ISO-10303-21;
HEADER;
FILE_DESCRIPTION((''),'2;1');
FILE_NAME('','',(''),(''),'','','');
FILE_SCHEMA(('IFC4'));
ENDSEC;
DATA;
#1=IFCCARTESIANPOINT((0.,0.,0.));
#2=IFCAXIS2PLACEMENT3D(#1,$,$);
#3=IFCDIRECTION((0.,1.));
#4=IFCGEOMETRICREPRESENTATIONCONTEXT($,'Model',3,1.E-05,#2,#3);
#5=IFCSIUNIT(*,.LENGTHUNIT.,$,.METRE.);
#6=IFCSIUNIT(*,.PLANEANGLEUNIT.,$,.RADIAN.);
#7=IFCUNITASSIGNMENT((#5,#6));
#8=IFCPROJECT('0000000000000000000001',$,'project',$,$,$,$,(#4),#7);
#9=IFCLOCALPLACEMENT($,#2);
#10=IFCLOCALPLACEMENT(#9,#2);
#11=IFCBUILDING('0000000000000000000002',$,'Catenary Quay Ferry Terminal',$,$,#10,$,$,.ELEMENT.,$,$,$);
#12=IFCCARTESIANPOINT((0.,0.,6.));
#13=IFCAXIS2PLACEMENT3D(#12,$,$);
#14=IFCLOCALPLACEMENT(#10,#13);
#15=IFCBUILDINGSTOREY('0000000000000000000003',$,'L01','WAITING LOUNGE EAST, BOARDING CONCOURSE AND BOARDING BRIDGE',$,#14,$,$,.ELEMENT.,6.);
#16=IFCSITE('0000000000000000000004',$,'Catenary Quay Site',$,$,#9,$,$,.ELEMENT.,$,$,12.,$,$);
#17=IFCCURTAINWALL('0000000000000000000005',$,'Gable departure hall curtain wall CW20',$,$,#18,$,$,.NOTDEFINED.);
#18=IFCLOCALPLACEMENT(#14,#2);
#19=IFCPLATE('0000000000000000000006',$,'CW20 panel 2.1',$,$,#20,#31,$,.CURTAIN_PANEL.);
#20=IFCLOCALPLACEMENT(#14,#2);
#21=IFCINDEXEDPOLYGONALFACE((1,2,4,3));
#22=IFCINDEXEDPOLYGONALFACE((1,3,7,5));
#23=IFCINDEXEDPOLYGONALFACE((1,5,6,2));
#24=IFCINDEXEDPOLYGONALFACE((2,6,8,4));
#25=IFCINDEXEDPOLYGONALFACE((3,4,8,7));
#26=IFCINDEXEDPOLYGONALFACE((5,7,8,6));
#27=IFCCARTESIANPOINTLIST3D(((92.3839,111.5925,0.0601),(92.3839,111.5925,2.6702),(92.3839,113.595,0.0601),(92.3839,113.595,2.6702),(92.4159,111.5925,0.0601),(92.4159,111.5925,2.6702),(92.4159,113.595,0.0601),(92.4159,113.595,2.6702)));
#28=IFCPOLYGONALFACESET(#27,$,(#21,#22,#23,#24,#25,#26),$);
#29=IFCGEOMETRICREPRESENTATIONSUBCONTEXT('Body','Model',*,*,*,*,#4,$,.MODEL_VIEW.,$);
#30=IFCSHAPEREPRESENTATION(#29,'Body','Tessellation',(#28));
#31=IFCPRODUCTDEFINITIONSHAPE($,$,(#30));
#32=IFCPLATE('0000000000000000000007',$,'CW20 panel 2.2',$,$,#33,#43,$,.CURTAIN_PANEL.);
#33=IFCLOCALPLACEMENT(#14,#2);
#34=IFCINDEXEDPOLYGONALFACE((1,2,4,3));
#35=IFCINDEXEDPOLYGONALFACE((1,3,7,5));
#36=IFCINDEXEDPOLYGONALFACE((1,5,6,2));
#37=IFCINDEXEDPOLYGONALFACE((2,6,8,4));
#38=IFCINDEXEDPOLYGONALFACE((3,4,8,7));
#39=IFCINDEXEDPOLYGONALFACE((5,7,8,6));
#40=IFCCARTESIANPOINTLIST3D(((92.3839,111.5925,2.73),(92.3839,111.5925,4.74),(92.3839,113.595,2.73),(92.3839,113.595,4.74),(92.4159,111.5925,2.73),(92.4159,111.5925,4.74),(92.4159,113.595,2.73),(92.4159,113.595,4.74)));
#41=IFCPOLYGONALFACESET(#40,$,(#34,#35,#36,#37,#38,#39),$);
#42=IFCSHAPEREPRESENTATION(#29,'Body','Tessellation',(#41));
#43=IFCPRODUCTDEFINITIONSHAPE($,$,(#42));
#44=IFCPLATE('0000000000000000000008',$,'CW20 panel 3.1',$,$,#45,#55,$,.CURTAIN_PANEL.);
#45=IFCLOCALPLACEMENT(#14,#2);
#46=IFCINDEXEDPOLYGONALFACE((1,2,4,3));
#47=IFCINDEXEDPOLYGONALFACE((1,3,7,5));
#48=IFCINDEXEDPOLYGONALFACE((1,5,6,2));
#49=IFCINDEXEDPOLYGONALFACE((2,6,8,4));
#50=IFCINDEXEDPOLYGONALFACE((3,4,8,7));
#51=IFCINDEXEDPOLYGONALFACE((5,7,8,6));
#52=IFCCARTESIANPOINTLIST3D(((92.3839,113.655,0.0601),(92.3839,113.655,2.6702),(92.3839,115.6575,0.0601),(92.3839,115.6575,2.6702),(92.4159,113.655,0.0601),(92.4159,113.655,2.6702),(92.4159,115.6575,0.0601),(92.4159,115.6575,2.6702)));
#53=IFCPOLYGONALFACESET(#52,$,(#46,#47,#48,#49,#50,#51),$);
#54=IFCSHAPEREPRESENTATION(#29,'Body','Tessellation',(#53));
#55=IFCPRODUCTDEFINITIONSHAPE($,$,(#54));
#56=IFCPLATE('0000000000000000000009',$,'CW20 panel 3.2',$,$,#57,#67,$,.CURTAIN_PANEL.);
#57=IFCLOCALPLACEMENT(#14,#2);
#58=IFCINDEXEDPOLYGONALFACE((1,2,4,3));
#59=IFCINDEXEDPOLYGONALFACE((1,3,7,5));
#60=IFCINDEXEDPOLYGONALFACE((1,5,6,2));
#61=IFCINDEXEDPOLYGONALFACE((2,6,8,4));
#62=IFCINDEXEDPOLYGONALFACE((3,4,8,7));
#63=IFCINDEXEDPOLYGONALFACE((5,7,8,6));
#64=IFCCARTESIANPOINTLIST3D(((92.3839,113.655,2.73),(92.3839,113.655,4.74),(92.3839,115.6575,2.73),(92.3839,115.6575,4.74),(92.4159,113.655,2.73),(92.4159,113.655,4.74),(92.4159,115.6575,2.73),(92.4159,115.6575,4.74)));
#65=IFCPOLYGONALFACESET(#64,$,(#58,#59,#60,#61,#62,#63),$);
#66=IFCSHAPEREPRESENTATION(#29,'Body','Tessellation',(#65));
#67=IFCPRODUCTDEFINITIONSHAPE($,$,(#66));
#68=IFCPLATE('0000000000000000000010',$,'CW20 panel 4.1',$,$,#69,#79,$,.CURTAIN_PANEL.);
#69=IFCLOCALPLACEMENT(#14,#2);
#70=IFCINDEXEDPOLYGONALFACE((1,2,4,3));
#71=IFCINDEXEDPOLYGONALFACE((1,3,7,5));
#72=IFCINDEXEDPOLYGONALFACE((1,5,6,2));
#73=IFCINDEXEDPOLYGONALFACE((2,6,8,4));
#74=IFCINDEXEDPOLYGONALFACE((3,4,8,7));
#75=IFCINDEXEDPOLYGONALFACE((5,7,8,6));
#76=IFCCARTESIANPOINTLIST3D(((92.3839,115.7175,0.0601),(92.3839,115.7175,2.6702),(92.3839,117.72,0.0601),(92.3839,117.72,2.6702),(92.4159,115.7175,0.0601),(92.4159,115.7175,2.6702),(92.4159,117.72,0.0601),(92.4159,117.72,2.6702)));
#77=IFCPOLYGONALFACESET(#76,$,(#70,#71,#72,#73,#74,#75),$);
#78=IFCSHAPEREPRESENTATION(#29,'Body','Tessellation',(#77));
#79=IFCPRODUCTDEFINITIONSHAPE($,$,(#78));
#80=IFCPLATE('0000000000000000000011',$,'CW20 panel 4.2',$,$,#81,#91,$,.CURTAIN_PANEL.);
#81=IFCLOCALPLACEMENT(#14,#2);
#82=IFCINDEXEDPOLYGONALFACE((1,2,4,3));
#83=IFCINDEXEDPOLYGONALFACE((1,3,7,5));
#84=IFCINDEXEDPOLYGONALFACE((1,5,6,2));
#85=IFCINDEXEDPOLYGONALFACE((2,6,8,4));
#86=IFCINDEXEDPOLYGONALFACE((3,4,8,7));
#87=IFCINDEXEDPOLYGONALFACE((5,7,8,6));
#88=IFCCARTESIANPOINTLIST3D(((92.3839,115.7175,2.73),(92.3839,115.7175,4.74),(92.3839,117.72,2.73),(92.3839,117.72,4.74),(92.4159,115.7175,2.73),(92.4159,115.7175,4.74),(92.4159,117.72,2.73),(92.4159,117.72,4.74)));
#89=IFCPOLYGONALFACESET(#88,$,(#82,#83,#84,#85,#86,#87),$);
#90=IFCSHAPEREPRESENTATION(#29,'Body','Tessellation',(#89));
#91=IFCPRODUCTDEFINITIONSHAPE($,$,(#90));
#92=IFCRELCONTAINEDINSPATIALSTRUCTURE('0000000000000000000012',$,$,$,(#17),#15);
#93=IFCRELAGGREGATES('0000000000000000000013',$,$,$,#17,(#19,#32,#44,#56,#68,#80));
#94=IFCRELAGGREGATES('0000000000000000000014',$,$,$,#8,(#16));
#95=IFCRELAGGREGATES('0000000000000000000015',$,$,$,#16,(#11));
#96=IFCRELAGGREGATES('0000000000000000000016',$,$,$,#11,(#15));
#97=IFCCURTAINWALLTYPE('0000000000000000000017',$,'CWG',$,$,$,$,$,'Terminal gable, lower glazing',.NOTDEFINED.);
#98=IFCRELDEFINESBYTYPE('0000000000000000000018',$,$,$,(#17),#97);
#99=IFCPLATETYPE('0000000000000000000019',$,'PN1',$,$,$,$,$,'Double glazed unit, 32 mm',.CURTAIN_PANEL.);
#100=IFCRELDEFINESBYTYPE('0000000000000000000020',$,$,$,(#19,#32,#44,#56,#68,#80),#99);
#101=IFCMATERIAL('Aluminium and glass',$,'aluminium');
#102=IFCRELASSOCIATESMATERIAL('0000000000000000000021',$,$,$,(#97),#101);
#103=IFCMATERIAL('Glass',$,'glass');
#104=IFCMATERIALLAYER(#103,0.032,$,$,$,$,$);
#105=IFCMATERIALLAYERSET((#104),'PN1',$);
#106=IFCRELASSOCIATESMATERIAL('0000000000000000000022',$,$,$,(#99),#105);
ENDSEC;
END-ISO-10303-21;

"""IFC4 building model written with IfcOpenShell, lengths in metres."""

from ifc_helpers import new_model, si_unit, direction, frame, origin, origin_2d, place, context, subcontext, project, spatial, rectangle, extrude, material, layer, layer_set, type_object, element, aggregate, save


model = new_model("IFC4")

# Units and contexts
model_context = context("Model", 3, precision=1e-05, world=origin(), true_north=direction((0.0, 1.0)))
body_context = subcontext(model_context, "Body", "Model", "MODEL_VIEW")
ifc_project = project(units=[si_unit("LENGTHUNIT", "METRE"), si_unit("PLANEANGLEUNIT", "RADIAN")], contexts=[model_context])

# Site, building, storey
site_placement = place(None, origin())
site = spatial("IfcSite", under=ifc_project, at=site_placement, Name="Catenary Quay Site", CompositionType="ELEMENT", RefElevation=12.0)
building_placement = place(site_placement, origin())
building = spatial("IfcBuilding", under=site, at=building_placement, Name="Catenary Quay Ferry Terminal", CompositionType="ELEMENT")
storey_placement = place(building_placement, frame((0.0, 0.0, 6.0)))
storey = spatial("IfcBuildingStorey", under=building, at=storey_placement, Name="L01", Description="WAITING LOUNGE EAST, BOARDING CONCOURSE AND BOARDING BRIDGE", CompositionType="ELEMENT", Elevation=6.0)

# Curtain wall, plates
ifc_material_1 = material(Name="Aluminium and glass", Category="aluminium")
curtain_wall_type = type_object("IfcCurtainWallType", Name="CWG", ElementType="Terminal gable, lower glazing", PredefinedType="NOTDEFINED", material=ifc_material_1)
curtain_wall_placement = place(storey_placement, origin())
curtain_wall = element("IfcCurtainWall", 1, at=curtain_wall_placement, inside=storey, type_object=curtain_wall_type, Name="Gable departure hall curtain wall CW20", PredefinedType="NOTDEFINED")
ifc_material_2 = material(Name="Glass", Category="glass")
ifc_layer = layer(ifc_material_2, 0.032)
ifc_layer_set = layer_set([ifc_layer], Name="PN1")
plate_type = type_object("IfcPlateType", Name="PN1", ElementType="Double glazed unit, 32 mm", PredefinedType="CURTAIN_PANEL", material=ifc_layer_set)
plate_1_placement = place(storey_placement, frame((92.3999, 112.5938, 0.0601), z_axis=(0.0, 0.0, 1.0), x_axis=(0.0, 1.0, 0.0)))
plate_1 = element("IfcPlate", 2, at=plate_1_placement, type_object=plate_type, Name="CW20 panel 2.1", PredefinedType="CURTAIN_PANEL", context=body_context, shape_type="SweptSolid", body=[
    extrude(rectangle(XDim=2.0024, YDim=0.032, at=origin_2d()), origin(), (0.0, 0.0, 1.0), 2.6101),
])
plate_2_placement = place(storey_placement, frame((92.3999, 112.5938, 2.73), z_axis=(0.0, 0.0, 1.0), x_axis=(0.0, 1.0, 0.0)))
plate_2 = element("IfcPlate", 3, at=plate_2_placement, type_object=plate_type, Name="CW20 panel 2.2", PredefinedType="CURTAIN_PANEL", context=body_context, shape_type="SweptSolid", body=[
    extrude(rectangle(XDim=2.0024, YDim=0.032, at=origin_2d()), origin(), (0.0, 0.0, 1.0), 2.01),
])
plate_3_placement = place(storey_placement, frame((92.3999, 114.6562, 0.0601), z_axis=(0.0, 0.0, 1.0), x_axis=(0.0, 1.0, 0.0)))
plate_3 = element("IfcPlate", 4, at=plate_3_placement, type_object=plate_type, Name="CW20 panel 3.1", PredefinedType="CURTAIN_PANEL", context=body_context, shape_type="SweptSolid", body=[
    extrude(rectangle(XDim=2.0024, YDim=0.032, at=origin_2d()), origin(), (0.0, 0.0, 1.0), 2.6101),
])
plate_4_placement = place(storey_placement, frame((92.3999, 114.6562, 2.73), z_axis=(0.0, 0.0, 1.0), x_axis=(0.0, 1.0, 0.0)))
plate_4 = element("IfcPlate", 5, at=plate_4_placement, type_object=plate_type, Name="CW20 panel 3.2", PredefinedType="CURTAIN_PANEL", context=body_context, shape_type="SweptSolid", body=[
    extrude(rectangle(XDim=2.0024, YDim=0.032, at=origin_2d()), origin(), (0.0, 0.0, 1.0), 2.01),
])
plate_5_placement = place(storey_placement, frame((92.3999, 116.7188, 0.0601), z_axis=(0.0, 0.0, 1.0), x_axis=(0.0, 1.0, 0.0)))
plate_5 = element("IfcPlate", 6, at=plate_5_placement, type_object=plate_type, Name="CW20 panel 4.1", PredefinedType="CURTAIN_PANEL", context=body_context, shape_type="SweptSolid", body=[
    extrude(rectangle(XDim=2.0024, YDim=0.032, at=origin_2d()), origin(), (0.0, 0.0, 1.0), 2.6101),
])
plate_6_placement = place(storey_placement, frame((92.3999, 116.7188, 2.73), z_axis=(0.0, 0.0, 1.0), x_axis=(0.0, 1.0, 0.0)))
plate_6 = element("IfcPlate", 7, at=plate_6_placement, type_object=plate_type, Name="CW20 panel 4.2", PredefinedType="CURTAIN_PANEL", context=body_context, shape_type="SweptSolid", body=[
    extrude(rectangle(XDim=2.0024, YDim=0.032, at=origin_2d()), origin(), (0.0, 0.0, 1.0), 2.01),
])
aggregate(curtain_wall, [plate_1, plate_2, plate_3, plate_4, plate_5, plate_6])

save(model, "model.ifc")
